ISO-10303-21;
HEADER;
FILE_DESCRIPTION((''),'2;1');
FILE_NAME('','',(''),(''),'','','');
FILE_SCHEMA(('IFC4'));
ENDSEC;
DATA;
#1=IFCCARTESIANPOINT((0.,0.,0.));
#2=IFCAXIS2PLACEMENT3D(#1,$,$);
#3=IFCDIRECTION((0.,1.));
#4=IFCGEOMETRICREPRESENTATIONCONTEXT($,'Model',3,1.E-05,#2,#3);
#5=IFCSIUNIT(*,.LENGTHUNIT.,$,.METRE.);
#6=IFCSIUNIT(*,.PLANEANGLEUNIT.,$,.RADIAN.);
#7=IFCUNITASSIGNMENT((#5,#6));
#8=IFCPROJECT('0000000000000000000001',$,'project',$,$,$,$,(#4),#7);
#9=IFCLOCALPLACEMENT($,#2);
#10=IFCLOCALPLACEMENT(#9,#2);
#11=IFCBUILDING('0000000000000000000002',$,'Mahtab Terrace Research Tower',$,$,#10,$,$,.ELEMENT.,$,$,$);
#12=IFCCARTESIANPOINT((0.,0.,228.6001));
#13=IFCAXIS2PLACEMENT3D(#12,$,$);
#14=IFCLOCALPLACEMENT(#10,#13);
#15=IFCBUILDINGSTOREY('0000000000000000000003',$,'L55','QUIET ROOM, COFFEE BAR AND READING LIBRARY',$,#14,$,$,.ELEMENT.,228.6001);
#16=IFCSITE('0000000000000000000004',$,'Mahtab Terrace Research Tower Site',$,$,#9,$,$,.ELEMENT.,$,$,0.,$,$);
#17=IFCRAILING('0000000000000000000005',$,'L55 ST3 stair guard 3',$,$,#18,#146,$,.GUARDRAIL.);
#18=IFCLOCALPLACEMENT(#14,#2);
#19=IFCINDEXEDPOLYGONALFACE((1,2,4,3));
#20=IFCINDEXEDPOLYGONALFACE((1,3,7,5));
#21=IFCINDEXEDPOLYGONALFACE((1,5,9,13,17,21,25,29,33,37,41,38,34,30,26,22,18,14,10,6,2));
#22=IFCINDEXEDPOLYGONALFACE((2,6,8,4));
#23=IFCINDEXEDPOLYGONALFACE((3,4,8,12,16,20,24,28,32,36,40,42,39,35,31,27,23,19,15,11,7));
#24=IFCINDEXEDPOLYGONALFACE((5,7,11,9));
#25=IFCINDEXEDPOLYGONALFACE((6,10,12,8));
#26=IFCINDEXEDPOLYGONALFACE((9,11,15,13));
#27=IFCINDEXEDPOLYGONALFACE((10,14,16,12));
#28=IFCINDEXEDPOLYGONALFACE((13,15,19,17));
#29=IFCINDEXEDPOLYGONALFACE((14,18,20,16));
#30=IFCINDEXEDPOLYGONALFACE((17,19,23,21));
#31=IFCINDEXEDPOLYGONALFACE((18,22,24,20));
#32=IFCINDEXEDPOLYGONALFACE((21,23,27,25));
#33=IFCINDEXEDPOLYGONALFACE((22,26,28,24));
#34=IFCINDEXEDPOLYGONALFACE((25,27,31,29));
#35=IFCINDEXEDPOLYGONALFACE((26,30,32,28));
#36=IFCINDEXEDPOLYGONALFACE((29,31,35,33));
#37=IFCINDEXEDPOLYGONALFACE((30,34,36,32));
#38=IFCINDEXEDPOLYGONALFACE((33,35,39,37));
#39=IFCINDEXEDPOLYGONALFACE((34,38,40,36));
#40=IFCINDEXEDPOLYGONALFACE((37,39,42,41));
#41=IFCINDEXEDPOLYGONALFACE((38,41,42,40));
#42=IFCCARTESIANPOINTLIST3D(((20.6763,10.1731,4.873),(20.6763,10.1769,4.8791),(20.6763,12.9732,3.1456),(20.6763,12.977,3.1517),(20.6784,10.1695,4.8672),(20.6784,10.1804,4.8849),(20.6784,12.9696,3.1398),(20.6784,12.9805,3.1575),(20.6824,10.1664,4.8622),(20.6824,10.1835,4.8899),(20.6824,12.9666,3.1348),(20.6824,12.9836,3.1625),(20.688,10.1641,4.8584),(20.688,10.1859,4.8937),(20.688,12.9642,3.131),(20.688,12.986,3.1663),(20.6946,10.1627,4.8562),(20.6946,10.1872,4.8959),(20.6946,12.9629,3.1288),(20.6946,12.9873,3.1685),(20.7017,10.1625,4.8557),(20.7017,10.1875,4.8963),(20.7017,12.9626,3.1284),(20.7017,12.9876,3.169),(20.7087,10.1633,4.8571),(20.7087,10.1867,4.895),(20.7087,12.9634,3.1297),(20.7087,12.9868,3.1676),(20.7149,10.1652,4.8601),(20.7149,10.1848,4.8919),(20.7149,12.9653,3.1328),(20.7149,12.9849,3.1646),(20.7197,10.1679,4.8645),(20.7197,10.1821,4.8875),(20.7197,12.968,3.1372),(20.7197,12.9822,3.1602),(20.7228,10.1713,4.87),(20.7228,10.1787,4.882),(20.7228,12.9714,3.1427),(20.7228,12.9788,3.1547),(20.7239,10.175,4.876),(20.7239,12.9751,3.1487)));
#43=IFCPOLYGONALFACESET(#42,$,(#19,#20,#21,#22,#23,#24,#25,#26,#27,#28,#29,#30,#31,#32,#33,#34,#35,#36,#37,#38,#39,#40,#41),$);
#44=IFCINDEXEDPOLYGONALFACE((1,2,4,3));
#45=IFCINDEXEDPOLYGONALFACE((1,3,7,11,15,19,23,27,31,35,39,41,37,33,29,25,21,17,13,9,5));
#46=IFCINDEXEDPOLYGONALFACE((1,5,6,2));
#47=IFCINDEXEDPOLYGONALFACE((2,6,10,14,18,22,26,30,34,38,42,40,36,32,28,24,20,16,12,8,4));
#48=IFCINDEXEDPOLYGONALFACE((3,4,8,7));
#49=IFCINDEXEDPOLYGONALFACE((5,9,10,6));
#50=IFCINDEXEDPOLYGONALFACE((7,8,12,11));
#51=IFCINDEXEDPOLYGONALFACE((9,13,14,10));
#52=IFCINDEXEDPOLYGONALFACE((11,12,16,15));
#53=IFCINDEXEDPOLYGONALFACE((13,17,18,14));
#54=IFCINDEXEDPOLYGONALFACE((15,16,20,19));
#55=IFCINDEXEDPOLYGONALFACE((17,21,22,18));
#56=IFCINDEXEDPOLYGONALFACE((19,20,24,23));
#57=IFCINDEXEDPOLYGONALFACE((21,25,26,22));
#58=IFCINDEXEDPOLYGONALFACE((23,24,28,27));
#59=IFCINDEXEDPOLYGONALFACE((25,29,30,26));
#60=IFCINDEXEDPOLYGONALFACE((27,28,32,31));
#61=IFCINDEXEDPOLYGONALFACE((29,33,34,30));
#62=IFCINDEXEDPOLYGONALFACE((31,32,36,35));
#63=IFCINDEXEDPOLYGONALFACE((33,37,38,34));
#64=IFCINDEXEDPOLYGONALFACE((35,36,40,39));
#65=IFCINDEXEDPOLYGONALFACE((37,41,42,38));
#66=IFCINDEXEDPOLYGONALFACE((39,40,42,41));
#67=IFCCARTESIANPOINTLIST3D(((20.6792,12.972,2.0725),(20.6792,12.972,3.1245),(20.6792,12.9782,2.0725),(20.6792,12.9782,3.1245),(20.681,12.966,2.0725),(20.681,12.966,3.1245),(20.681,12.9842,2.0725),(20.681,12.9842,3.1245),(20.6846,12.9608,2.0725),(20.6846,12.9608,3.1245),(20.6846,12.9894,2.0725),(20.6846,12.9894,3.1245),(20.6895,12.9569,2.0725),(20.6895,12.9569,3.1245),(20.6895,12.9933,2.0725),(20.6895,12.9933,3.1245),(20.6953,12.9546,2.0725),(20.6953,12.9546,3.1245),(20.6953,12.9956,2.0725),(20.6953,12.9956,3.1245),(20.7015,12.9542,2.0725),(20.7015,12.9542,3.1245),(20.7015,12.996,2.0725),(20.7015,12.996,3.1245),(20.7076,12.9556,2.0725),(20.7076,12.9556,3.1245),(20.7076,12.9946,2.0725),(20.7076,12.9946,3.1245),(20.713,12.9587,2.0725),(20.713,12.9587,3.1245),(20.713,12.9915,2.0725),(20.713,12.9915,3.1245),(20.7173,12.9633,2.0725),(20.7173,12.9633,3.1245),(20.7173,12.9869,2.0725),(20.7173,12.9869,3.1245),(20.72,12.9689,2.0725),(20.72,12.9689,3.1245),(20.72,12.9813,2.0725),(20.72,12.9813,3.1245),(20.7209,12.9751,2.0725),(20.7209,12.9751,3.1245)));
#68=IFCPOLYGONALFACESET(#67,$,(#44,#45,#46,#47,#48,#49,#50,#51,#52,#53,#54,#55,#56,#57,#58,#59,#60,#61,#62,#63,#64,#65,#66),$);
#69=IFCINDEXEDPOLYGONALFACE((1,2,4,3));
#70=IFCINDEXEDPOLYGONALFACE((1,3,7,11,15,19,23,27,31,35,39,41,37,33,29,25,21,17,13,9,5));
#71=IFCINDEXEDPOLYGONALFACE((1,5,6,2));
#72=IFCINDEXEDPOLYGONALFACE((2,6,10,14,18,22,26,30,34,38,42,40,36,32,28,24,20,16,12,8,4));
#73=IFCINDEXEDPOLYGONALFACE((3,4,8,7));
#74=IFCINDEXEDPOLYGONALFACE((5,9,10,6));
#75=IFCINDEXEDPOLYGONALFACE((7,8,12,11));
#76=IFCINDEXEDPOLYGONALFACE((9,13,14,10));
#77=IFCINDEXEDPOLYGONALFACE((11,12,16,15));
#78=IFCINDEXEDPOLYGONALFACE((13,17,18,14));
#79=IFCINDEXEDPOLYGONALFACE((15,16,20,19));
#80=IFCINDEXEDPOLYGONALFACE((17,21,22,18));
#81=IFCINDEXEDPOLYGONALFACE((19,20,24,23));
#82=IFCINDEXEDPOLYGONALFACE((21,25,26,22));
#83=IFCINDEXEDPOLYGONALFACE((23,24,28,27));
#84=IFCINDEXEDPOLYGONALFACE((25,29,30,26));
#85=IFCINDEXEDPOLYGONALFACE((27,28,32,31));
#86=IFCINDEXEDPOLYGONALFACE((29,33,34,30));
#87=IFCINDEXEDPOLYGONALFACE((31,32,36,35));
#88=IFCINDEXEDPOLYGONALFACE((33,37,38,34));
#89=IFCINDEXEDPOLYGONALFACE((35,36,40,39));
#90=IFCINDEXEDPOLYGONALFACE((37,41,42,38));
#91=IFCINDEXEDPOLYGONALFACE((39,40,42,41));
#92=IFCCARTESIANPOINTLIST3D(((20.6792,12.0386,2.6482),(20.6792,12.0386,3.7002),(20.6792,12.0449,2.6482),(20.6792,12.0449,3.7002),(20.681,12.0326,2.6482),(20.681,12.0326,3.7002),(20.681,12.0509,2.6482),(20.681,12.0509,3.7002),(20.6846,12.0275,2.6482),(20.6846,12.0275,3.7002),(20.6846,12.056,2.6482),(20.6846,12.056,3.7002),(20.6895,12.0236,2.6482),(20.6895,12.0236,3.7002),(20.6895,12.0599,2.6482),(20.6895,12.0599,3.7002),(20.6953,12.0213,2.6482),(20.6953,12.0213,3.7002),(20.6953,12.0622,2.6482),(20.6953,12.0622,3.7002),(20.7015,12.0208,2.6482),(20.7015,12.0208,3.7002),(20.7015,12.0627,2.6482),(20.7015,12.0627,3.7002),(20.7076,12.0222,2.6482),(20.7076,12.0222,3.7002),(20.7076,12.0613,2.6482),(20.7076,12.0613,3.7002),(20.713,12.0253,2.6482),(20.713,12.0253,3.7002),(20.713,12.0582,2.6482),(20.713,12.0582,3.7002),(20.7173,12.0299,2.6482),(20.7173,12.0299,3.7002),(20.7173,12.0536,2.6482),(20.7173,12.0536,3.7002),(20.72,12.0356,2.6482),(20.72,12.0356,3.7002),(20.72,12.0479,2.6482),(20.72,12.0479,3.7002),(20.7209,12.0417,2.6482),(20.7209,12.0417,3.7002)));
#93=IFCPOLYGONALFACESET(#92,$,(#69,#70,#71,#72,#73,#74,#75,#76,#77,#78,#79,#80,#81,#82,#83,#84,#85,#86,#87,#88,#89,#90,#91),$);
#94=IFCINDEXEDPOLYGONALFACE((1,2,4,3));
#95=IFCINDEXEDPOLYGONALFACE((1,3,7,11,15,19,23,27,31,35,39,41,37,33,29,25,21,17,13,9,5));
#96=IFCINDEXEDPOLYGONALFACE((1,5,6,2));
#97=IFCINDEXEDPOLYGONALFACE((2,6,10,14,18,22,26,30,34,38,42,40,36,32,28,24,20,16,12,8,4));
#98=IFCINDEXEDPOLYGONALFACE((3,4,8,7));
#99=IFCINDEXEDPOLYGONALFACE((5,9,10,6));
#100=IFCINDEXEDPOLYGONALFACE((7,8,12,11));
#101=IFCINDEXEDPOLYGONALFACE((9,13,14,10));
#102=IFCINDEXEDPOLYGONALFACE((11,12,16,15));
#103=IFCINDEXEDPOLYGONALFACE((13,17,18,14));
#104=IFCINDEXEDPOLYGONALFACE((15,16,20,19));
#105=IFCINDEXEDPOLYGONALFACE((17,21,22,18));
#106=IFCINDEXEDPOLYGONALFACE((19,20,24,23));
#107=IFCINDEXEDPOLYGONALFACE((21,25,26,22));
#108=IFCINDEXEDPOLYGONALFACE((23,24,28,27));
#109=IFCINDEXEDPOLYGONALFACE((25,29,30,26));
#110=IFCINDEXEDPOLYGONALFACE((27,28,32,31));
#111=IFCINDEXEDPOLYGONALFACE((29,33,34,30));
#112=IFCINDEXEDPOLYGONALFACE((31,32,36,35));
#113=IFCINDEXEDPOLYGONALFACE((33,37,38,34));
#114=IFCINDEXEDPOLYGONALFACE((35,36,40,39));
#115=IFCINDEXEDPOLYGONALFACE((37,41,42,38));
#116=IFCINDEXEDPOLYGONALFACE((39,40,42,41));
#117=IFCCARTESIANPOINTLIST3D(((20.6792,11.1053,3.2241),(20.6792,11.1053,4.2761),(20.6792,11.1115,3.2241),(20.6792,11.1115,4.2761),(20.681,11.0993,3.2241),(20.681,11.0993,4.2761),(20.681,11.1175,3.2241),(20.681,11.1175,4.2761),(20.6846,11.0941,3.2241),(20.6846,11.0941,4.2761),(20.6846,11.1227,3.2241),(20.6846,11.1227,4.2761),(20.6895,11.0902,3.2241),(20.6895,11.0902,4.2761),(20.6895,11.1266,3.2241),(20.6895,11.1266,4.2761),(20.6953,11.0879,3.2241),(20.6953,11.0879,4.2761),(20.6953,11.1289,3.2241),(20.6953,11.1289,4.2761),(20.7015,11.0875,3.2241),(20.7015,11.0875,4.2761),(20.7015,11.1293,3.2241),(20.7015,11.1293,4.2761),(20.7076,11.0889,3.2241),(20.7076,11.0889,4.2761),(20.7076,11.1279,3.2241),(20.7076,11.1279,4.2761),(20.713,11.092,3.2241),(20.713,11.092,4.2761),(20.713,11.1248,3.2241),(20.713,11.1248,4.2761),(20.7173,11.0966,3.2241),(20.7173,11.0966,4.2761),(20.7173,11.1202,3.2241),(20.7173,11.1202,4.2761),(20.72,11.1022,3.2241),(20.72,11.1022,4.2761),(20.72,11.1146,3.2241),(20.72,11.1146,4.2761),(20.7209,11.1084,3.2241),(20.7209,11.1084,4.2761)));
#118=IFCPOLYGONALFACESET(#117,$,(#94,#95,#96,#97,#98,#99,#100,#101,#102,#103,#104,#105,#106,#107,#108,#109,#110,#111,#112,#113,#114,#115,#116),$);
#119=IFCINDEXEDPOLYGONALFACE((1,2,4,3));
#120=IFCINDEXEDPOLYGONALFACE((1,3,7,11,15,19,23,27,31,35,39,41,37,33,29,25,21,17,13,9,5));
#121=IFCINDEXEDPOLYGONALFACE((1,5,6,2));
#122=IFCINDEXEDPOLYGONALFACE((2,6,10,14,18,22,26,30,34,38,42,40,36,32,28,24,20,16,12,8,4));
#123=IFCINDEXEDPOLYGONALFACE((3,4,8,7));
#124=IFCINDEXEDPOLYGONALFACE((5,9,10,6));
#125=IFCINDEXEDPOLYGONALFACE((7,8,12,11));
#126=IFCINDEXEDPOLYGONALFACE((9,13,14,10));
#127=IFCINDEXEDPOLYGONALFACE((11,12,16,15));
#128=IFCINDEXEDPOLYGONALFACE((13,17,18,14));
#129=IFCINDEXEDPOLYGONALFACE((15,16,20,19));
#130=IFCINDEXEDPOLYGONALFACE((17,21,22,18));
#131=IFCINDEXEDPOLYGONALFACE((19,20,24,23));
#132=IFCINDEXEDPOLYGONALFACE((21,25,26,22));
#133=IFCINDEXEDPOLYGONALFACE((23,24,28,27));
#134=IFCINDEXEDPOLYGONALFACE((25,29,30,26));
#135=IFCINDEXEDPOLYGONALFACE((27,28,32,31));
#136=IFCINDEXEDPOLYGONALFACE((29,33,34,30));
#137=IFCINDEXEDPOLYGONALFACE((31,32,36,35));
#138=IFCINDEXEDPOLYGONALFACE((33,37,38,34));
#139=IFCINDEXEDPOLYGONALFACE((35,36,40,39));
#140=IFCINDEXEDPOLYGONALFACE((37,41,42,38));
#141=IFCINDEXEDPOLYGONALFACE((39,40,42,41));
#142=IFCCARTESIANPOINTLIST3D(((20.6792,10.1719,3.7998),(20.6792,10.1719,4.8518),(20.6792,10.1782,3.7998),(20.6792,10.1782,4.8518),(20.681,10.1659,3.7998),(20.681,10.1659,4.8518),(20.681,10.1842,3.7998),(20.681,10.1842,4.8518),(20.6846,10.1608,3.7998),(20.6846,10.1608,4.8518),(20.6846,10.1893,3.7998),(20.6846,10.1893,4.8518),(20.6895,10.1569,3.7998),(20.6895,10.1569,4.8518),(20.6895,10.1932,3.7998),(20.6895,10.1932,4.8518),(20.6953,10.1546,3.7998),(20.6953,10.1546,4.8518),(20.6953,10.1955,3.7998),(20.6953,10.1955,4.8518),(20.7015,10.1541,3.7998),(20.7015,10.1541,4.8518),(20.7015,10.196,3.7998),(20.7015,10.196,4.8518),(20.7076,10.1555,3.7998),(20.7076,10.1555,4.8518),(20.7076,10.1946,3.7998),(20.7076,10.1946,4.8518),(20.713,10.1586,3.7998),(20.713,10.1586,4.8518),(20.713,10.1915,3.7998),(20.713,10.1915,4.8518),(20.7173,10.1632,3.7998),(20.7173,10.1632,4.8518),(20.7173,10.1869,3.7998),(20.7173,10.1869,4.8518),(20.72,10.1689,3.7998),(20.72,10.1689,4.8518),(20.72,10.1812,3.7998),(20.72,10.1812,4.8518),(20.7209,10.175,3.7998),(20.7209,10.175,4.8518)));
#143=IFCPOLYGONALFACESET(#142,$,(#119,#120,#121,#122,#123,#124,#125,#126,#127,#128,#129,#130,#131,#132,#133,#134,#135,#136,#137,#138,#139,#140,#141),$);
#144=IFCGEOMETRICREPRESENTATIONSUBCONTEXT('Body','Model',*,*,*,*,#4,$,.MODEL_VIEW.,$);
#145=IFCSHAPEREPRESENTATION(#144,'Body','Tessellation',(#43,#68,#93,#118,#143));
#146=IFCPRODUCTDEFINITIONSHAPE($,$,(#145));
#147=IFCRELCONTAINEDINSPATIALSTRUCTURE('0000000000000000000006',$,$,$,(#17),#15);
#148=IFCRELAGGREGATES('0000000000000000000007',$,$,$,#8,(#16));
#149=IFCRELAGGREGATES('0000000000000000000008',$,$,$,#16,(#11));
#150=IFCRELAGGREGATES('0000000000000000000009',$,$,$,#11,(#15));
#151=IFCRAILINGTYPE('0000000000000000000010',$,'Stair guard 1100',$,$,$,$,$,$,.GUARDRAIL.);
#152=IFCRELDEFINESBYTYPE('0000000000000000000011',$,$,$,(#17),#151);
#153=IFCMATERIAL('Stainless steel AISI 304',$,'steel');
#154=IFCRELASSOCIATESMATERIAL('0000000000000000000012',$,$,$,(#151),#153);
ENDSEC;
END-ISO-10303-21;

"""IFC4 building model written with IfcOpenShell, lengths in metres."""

from ifc_helpers import new_model, si_unit, direction, frame, origin, origin_2d, place, context, subcontext, project, spatial, circle, extrude, material, type_object, element, save


model = new_model("IFC4")

# Units and contexts
model_context = context("Model", 3, precision=1e-05, world=origin(), true_north=direction((0.0, 1.0)))
body_context = subcontext(model_context, "Body", "Model", "MODEL_VIEW")
ifc_project = project(units=[si_unit("LENGTHUNIT", "METRE"), si_unit("PLANEANGLEUNIT", "RADIAN")], contexts=[model_context])

# Site, building, storey
site_placement = place(None, origin())
site = spatial("IfcSite", under=ifc_project, at=site_placement, Name="Mahtab Terrace Research Tower Site", CompositionType="ELEMENT", RefElevation=0.0)
building_placement = place(site_placement, origin())
building = spatial("IfcBuilding", under=site, at=building_placement, Name="Mahtab Terrace Research Tower", CompositionType="ELEMENT")
storey_placement = place(building_placement, frame((0.0, 0.0, 228.6001)))
storey = spatial("IfcBuildingStorey", under=building, at=storey_placement, Name="L55", Description="QUIET ROOM, COFFEE BAR AND READING LIBRARY", CompositionType="ELEMENT", Elevation=228.6001)

# Shared definitions
ifc_material_1 = material(Name="Stainless steel AISI 304", Category="steel")

# Railing
railing_type_1 = type_object("IfcRailingType", Name="Stair guard 1100", PredefinedType="GUARDRAIL", material=ifc_material_1)
railing_1_placement = place(storey_placement, frame((20.7, 12.9751, 2.0725)))
element("IfcRailing", 1, at=railing_1_placement, inside=storey, type_object=railing_type_1, Name="L55 ST3 stair guard 3", PredefinedType="GUARDRAIL", context=body_context, shape_type="SweptSolid", body=[
    extrude(circle(Radius=0.0239, at=origin_2d()), frame((0.0, 0.0, 1.0762), z_axis=(0.0, -0.85109, 0.52502), x_axis=(1.0, 0.0, 0.0)), (0.0, 0.0, 1.0), 3.29),
    extrude(circle(Radius=0.021, at=origin_2d()), origin(), (0.0, 0.0, 1.0), 1.052),
    extrude(circle(Radius=0.021, at=origin_2d()), frame((0.0, -0.9333, 0.5757)), (0.0, 0.0, 1.0), 1.052),
    extrude(circle(Radius=0.021, at=origin_2d()), frame((0.0, -1.8667, 1.1516)), (0.0, 0.0, 1.0), 1.052),
    extrude(circle(Radius=0.021, at=origin_2d()), frame((0.0, -2.8, 1.7273)), (0.0, 0.0, 1.0), 1.052),
])

save(model, "model.ifc")
